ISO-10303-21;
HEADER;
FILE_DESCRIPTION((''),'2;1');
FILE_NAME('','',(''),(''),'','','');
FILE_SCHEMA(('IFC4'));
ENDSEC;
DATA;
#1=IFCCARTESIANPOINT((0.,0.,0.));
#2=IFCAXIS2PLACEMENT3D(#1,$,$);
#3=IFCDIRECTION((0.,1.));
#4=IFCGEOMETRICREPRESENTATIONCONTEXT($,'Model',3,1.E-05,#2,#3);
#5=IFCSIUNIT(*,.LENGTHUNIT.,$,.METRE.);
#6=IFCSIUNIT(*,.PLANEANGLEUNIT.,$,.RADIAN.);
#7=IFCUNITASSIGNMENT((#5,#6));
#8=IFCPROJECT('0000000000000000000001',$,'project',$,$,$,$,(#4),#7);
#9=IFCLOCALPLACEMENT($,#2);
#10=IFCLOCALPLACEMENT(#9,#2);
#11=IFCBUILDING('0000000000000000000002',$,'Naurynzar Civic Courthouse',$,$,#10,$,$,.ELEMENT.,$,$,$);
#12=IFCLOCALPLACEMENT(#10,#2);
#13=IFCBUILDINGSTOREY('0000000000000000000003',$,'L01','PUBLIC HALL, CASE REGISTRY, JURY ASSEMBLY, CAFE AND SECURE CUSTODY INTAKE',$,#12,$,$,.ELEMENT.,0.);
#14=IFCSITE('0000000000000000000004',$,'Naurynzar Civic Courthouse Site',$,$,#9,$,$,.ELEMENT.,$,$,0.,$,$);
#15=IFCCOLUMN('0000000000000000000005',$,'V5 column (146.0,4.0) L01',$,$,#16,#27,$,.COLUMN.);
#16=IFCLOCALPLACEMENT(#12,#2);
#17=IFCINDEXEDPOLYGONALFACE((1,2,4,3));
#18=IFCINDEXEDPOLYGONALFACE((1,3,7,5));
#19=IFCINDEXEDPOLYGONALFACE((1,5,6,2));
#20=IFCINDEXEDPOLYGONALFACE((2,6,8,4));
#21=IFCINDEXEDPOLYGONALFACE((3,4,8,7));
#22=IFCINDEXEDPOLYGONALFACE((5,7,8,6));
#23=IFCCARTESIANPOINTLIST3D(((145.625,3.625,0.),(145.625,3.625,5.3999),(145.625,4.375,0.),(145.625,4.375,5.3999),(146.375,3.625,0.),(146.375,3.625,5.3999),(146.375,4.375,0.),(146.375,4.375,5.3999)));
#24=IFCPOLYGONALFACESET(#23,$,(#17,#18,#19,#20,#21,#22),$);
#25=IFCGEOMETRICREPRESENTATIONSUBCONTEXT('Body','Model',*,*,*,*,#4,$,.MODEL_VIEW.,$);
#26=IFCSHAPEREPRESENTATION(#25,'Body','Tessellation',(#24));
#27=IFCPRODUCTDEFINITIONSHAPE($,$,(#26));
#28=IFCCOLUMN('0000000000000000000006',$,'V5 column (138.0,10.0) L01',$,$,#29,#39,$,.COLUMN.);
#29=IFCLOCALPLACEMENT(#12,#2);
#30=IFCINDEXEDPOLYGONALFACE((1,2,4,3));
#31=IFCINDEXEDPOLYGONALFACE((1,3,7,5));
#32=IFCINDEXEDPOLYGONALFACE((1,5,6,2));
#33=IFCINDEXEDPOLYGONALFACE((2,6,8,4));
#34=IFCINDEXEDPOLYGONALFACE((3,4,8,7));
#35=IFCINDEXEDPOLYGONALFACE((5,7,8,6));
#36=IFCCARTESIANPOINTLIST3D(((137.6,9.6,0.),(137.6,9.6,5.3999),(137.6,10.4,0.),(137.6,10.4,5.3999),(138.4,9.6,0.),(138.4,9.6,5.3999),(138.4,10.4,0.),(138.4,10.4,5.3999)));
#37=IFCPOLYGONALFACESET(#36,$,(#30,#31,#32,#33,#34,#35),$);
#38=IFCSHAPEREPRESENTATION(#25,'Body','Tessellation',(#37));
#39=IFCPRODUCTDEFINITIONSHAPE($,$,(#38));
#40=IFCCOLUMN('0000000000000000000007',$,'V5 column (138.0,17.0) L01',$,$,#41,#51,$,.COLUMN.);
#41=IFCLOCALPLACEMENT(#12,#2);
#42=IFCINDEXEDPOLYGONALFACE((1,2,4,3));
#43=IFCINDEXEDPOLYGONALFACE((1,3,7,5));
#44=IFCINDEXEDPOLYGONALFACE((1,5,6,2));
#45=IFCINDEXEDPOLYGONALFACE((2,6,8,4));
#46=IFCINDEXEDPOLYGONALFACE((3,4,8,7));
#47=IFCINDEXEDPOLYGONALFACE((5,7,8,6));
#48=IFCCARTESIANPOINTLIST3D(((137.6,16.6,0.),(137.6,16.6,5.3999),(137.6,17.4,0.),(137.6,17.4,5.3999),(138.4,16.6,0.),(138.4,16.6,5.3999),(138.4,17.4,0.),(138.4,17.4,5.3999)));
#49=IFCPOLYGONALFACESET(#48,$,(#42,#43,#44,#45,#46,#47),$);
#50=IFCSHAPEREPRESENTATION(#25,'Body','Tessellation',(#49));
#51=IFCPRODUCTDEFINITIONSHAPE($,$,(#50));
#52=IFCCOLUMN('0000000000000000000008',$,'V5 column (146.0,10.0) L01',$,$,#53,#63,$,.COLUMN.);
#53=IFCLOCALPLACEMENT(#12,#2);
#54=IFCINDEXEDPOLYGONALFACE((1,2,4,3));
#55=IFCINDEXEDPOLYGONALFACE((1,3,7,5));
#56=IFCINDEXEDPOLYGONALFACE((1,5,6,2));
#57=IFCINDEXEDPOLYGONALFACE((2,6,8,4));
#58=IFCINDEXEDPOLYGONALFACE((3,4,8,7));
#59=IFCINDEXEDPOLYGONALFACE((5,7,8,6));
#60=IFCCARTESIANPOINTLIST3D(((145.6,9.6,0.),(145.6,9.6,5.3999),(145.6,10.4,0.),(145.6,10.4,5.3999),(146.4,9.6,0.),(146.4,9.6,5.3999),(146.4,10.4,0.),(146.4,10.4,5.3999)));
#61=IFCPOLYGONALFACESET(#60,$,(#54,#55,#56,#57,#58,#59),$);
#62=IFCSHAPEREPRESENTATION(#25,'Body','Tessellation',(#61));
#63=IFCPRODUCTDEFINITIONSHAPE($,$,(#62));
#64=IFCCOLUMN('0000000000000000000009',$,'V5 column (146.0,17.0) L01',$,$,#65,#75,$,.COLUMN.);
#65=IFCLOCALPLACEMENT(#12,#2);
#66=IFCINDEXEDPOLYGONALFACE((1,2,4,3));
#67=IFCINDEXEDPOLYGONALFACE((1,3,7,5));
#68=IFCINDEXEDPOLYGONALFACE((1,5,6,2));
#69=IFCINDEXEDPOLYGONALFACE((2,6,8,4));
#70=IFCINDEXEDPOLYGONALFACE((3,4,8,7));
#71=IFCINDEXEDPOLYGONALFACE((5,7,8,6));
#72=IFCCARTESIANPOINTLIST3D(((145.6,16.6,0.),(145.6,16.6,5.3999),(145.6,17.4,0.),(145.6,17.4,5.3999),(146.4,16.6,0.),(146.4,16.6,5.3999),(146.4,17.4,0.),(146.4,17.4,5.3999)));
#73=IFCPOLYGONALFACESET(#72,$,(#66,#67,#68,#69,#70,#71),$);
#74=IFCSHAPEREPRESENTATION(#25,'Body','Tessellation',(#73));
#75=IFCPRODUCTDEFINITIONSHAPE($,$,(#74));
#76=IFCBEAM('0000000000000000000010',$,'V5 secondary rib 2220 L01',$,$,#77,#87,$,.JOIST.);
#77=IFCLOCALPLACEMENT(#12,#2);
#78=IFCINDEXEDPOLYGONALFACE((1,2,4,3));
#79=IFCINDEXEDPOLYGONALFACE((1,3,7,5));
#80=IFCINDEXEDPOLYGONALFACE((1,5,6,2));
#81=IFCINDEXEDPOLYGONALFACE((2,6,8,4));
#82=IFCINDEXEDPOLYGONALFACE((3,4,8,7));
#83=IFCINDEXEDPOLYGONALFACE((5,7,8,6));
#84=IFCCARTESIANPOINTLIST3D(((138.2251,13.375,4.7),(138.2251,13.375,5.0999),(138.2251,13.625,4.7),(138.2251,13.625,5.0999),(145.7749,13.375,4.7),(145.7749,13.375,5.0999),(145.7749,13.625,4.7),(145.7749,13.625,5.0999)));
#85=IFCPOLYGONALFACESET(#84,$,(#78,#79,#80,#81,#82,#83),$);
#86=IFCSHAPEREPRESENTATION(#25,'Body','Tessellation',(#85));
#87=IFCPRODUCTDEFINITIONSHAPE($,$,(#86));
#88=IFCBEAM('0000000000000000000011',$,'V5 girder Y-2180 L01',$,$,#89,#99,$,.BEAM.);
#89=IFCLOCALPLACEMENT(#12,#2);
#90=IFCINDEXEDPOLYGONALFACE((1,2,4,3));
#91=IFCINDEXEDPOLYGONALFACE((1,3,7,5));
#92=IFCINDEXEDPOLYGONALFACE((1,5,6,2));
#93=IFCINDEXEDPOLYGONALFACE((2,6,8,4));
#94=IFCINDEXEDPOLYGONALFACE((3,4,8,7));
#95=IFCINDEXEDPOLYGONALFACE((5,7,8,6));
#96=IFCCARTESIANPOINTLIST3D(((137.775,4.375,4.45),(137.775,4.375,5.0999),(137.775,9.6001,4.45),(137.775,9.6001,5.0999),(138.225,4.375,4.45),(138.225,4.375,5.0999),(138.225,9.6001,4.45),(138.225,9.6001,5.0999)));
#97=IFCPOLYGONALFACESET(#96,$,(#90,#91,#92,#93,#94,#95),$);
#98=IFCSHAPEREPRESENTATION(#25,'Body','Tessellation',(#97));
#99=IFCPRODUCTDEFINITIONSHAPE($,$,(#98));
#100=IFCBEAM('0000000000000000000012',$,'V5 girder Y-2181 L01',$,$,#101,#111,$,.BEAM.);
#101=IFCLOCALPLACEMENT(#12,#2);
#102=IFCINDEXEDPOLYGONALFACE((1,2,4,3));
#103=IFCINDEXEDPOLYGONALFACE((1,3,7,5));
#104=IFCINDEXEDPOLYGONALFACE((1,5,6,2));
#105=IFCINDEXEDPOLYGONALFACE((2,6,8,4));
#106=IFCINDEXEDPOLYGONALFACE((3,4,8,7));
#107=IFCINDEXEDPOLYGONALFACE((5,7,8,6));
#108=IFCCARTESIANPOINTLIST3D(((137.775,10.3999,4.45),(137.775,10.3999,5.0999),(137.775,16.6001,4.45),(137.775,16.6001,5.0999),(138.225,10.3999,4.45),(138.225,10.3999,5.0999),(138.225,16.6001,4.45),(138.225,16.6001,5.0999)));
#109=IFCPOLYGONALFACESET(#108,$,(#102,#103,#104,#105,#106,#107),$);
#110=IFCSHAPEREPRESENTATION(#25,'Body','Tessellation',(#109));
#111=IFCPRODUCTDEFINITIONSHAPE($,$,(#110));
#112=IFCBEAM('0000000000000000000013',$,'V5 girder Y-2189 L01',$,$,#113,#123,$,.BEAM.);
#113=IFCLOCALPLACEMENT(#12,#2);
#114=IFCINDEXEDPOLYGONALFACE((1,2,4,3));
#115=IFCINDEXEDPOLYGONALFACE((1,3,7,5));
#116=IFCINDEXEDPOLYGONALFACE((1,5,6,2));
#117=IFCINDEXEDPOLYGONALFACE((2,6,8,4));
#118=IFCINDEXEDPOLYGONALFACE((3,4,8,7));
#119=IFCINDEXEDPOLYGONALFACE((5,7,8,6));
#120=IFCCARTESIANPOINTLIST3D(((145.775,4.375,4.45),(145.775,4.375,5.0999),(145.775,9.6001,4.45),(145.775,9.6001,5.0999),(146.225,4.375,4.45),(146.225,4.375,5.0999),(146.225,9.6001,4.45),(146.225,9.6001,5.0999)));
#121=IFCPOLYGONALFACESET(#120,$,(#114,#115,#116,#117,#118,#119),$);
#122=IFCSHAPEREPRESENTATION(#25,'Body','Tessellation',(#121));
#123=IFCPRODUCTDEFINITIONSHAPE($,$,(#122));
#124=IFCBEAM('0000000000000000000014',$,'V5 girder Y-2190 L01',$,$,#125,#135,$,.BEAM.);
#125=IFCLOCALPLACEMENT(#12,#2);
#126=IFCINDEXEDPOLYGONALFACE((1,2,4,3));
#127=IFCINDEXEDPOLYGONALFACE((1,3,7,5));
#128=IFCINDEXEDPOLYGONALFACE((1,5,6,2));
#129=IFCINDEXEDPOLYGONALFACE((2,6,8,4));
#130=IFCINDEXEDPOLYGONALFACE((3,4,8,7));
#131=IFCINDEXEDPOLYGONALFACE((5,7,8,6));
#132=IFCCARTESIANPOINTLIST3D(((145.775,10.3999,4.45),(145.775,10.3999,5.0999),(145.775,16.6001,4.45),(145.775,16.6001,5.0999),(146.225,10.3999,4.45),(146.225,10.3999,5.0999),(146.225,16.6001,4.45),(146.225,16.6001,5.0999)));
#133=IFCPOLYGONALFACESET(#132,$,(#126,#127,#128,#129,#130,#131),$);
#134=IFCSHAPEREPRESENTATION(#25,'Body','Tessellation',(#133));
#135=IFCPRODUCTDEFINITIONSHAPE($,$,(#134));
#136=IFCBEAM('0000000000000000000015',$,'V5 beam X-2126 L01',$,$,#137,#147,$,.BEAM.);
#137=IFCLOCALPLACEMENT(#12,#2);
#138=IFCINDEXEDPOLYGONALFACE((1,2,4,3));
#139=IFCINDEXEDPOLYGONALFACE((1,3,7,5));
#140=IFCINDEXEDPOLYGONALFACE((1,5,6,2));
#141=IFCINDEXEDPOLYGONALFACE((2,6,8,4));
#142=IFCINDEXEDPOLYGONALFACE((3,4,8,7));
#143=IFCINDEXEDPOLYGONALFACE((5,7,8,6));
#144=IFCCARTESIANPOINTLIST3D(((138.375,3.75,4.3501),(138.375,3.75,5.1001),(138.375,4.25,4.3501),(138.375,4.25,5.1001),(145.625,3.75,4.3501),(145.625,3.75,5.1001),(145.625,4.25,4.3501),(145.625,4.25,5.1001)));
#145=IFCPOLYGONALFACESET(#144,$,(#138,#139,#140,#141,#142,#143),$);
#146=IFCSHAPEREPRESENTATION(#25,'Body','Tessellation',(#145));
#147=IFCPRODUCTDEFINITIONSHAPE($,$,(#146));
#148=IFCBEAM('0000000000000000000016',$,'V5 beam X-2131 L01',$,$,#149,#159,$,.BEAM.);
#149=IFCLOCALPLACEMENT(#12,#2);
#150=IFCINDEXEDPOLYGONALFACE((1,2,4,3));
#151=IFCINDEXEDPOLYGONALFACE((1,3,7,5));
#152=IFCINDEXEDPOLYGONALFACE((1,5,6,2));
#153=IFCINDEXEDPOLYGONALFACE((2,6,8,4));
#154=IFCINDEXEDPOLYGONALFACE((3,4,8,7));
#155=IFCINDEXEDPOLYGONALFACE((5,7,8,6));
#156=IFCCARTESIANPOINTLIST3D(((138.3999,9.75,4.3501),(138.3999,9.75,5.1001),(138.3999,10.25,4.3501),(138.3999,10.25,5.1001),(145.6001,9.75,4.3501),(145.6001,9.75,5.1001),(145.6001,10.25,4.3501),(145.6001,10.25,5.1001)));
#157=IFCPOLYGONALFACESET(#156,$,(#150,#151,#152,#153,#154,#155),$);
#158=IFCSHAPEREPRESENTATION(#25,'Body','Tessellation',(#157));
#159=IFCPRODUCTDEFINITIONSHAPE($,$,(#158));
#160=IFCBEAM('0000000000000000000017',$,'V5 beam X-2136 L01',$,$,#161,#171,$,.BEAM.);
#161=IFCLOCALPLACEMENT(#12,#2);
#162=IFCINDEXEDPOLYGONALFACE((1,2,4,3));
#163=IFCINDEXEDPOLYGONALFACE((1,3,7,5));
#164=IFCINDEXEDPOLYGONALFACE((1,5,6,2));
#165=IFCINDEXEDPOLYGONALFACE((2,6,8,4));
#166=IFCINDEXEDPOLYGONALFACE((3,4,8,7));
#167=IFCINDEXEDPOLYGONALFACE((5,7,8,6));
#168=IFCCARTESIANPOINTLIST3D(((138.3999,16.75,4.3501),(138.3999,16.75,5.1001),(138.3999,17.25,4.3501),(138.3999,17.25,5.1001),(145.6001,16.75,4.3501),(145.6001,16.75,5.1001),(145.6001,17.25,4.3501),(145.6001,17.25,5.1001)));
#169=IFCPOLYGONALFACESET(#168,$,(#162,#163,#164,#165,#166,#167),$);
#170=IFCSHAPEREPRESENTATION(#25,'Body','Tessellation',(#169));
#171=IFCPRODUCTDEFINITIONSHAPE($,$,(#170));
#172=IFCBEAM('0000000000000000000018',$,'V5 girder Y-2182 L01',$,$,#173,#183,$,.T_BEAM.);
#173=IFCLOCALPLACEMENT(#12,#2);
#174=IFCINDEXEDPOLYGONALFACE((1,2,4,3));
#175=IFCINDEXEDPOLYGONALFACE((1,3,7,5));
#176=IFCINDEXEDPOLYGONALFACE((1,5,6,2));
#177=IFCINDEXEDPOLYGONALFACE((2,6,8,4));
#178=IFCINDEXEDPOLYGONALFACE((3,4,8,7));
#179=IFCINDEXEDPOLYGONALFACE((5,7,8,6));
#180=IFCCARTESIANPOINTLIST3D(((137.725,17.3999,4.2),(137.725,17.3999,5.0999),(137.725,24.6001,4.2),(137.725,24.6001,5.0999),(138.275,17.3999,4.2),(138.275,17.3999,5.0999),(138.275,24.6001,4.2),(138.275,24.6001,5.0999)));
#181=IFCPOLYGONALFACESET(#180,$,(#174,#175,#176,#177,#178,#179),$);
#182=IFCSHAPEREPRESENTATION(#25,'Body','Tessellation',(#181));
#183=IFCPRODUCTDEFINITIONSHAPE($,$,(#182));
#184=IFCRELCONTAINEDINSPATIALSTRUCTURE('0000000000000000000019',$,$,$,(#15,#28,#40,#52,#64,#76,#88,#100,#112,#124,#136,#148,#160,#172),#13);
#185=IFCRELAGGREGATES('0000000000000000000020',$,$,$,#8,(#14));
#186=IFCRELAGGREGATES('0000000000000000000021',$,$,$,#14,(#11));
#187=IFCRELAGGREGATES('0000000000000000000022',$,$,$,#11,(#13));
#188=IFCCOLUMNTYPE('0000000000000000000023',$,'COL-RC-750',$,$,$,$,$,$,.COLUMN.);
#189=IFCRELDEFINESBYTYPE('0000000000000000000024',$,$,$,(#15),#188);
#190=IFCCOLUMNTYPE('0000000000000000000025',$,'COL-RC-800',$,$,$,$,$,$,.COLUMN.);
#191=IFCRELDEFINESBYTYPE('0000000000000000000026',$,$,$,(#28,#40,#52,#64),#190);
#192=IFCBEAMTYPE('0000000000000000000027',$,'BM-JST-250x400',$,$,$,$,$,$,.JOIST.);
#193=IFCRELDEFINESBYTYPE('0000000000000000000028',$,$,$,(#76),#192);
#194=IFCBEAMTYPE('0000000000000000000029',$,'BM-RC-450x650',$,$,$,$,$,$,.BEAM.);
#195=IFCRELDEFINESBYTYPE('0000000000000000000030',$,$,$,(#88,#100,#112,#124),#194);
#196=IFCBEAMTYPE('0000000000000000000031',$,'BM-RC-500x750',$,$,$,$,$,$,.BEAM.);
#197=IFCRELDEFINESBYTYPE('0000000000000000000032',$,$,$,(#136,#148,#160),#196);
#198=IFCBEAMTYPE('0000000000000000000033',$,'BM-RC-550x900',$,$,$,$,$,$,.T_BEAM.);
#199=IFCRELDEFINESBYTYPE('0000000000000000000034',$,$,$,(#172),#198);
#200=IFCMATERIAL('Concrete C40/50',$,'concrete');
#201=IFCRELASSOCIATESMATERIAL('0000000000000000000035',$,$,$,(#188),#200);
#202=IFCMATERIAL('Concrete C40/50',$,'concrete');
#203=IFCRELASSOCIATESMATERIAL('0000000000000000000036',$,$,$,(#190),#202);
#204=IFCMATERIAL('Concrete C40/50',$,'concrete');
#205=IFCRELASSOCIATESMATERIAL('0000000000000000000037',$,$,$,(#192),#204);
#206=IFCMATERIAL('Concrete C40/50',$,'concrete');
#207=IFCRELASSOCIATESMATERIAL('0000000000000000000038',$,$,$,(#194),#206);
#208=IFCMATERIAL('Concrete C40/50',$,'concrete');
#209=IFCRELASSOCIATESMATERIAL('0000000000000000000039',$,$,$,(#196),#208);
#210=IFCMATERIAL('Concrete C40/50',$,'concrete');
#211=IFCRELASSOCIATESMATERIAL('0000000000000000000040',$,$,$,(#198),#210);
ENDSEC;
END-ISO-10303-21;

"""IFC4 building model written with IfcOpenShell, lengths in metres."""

from ifc_helpers import new_model, si_unit, direction, frame, origin, origin_2d, place, context, subcontext, project, spatial, rectangle, extrude, material, material_profile, profile_set, type_object, element, save


model = new_model("IFC4")

# Units and contexts
model_context = context("Model", 3, precision=1e-05, world=origin(), true_north=direction((0.0, 1.0)))
body_context = subcontext(model_context, "Body", "Model", "MODEL_VIEW")
ifc_project = project(units=[si_unit("LENGTHUNIT", "METRE"), si_unit("PLANEANGLEUNIT", "RADIAN")], contexts=[model_context])

# Site, building, storey
site_placement = place(None, origin())
site = spatial("IfcSite", under=ifc_project, at=site_placement, Name="Naurynzar Civic Courthouse Site", CompositionType="ELEMENT", RefElevation=0.0)
building_placement = place(site_placement, origin())
building = spatial("IfcBuilding", under=site, at=building_placement, Name="Naurynzar Civic Courthouse", CompositionType="ELEMENT")
storey_placement = place(building_placement, origin())
storey = spatial("IfcBuildingStorey", under=building, at=storey_placement, Name="L01", Description="PUBLIC HALL, CASE REGISTRY, JURY ASSEMBLY, CAFE AND SECURE CUSTODY INTAKE", CompositionType="ELEMENT", Elevation=0.0)

# Columns
ifc_material_1 = material(Name="Concrete C40/50", Category="concrete")
ifc_material_profile_1 = material_profile(ifc_material_1, rectangle(XDim=0.75, YDim=0.75, at=origin_2d()), Name="RC 750x750")
ifc_profile_set_1 = profile_set([ifc_material_profile_1], Name="Concrete C40/50")
column_type_1 = type_object("IfcColumnType", Name="COL-RC-750", PredefinedType="COLUMN", material=ifc_profile_set_1)
column_placement = place(storey_placement, frame((146.0, 4.0, 0.0), z_axis=(0.0, 0.0, 1.0), x_axis=(1.0, 0.0, 0.0)))
element("IfcColumn", 1, at=column_placement, inside=storey, type_object=column_type_1, Name="V5 column (146.0,4.0) L01", PredefinedType="COLUMN", context=body_context, shape_type="SweptSolid", body=[
    extrude(rectangle(XDim=0.75, YDim=0.75, at=origin_2d()), origin(), (0.0, 0.0, 1.0), 5.3999),
])
ifc_material_2 = material(Name="Concrete C40/50", Category="concrete")
ifc_material_profile_2 = material_profile(ifc_material_2, rectangle(XDim=0.8, YDim=0.8, at=origin_2d()), Name="RC 800x800")
ifc_profile_set_2 = profile_set([ifc_material_profile_2], Name="Concrete C40/50")
column_type_2 = type_object("IfcColumnType", Name="COL-RC-800", PredefinedType="COLUMN", material=ifc_profile_set_2)
for number, where, z_axis, x_axis, name in (
    (2, (138.0, 10.0, 0.0), (0.0, 0.0, 1.0), (1.0, 0.0, 0.0), "V5 column (138.0,10.0) L01"),
    (3, (138.0, 17.0, 0.0), (0.0, 0.0, 1.0), (1.0, 0.0, 0.0), "V5 column (138.0,17.0) L01"),
    (4, (146.0, 10.0, 0.0), (0.0, 0.0, 1.0), (1.0, 0.0, 0.0), "V5 column (146.0,10.0) L01"),
    (5, (146.0, 17.0, 0.0), (0.0, 0.0, 1.0), (1.0, 0.0, 0.0), "V5 column (146.0,17.0) L01"),
):
    element("IfcColumn", number, at=place(storey_placement, frame(where, z_axis=z_axis, x_axis=x_axis)), inside=storey, type_object=column_type_2, Name=name, PredefinedType="COLUMN", context=body_context, shape_type="SweptSolid", body=[
        extrude(rectangle(XDim=0.8, YDim=0.8, at=origin_2d()), origin(), (0.0, 0.0, 1.0), 5.3999),
    ])

# Beams
ifc_material_3 = material(Name="Concrete C40/50", Category="concrete")
ifc_material_profile_3 = material_profile(ifc_material_3, rectangle(XDim=0.25, YDim=0.3999, at=origin_2d()), Name="RCB 250x400")
ifc_profile_set_3 = profile_set([ifc_material_profile_3], Name="Concrete C40/50")
beam_type_1 = type_object("IfcBeamType", Name="BM-JST-250x400", PredefinedType="JOIST", material=ifc_profile_set_3)
beam_1_placement = place(storey_placement, frame((138.2251, 13.5, 4.8999), z_axis=(1.0, 0.0, 0.0), x_axis=(0.0, 1.0, 0.0)))
element("IfcBeam", 6, at=beam_1_placement, inside=storey, type_object=beam_type_1, Name="V5 secondary rib 2220 L01", PredefinedType="JOIST", context=body_context, shape_type="SweptSolid", body=[
    extrude(rectangle(XDim=0.25, YDim=0.3999, at=origin_2d()), origin(), (0.0, 0.0, 1.0), 7.5498),
])
ifc_material_4 = material(Name="Concrete C40/50", Category="concrete")
ifc_material_profile_4 = material_profile(ifc_material_4, rectangle(XDim=0.45, YDim=0.6499, at=origin_2d()), Name="RCB 450x650")
ifc_profile_set_4 = profile_set([ifc_material_profile_4], Name="Concrete C40/50")
beam_type_2 = type_object("IfcBeamType", Name="BM-RC-450x650", PredefinedType="BEAM", material=ifc_profile_set_4)
beam_2_placement = place(storey_placement, frame((138.0, 4.375, 4.7749), z_axis=(0.0, 1.0, 0.0), x_axis=(-1.0, 0.0, 0.0)))
element("IfcBeam", 7, at=beam_2_placement, inside=storey, type_object=beam_type_2, Name="V5 girder Y-2180 L01", PredefinedType="BEAM", context=body_context, shape_type="SweptSolid", body=[
    extrude(rectangle(XDim=0.45, YDim=0.6499, at=origin_2d()), origin(), (0.0, 0.0, 1.0), 5.2251),
])
beam_3_placement = place(storey_placement, frame((138.0, 10.3999, 4.7749), z_axis=(0.0, 1.0, 0.0), x_axis=(-1.0, 0.0, 0.0)))
element("IfcBeam", 8, at=beam_3_placement, inside=storey, type_object=beam_type_2, Name="V5 girder Y-2181 L01", PredefinedType="BEAM", context=body_context, shape_type="SweptSolid", body=[
    extrude(rectangle(XDim=0.45, YDim=0.6499, at=origin_2d()), origin(), (0.0, 0.0, 1.0), 6.2002),
])
beam_4_placement = place(storey_placement, frame((146.0, 4.375, 4.7749), z_axis=(0.0, 1.0, 0.0), x_axis=(-1.0, 0.0, 0.0)))
element("IfcBeam", 9, at=beam_4_placement, inside=storey, type_object=beam_type_2, Name="V5 girder Y-2189 L01", PredefinedType="BEAM", context=body_context, shape_type="SweptSolid", body=[
    extrude(rectangle(XDim=0.45, YDim=0.6499, at=origin_2d()), origin(), (0.0, 0.0, 1.0), 5.2251),
])
beam_5_placement = place(storey_placement, frame((146.0, 10.3999, 4.7749), z_axis=(0.0, 1.0, 0.0), x_axis=(-1.0, 0.0, 0.0)))
element("IfcBeam", 10, at=beam_5_placement, inside=storey, type_object=beam_type_2, Name="V5 girder Y-2190 L01", PredefinedType="BEAM", context=body_context, shape_type="SweptSolid", body=[
    extrude(rectangle(XDim=0.45, YDim=0.6499, at=origin_2d()), origin(), (0.0, 0.0, 1.0), 6.2002),
])
ifc_material_5 = material(Name="Concrete C40/50", Category="concrete")
ifc_material_profile_5 = material_profile(ifc_material_5, rectangle(XDim=0.5, YDim=0.75, at=origin_2d()), Name="RCB 500x750")
ifc_profile_set_5 = profile_set([ifc_material_profile_5], Name="Concrete C40/50")
beam_type_3 = type_object("IfcBeamType", Name="BM-RC-500x750", PredefinedType="BEAM", material=ifc_profile_set_5)
beam_6_placement = place(storey_placement, frame((138.375, 4.0, 4.7251), z_axis=(1.0, 0.0, 0.0), x_axis=(0.0, 1.0, 0.0)))
element("IfcBeam", 11, at=beam_6_placement, inside=storey, type_object=beam_type_3, Name="V5 beam X-2126 L01", PredefinedType="BEAM", context=body_context, shape_type="SweptSolid", body=[
    extrude(rectangle(XDim=0.5, YDim=0.75, at=origin_2d()), origin(), (0.0, 0.0, 1.0), 7.25),
])
for number, where, z_axis, x_axis, name in (
    (12, (138.3999, 10.0, 4.7251), (1.0, 0.0, 0.0), (0.0, 1.0, 0.0), "V5 beam X-2131 L01"),
    (13, (138.3999, 17.0, 4.7251), (1.0, 0.0, 0.0), (0.0, 1.0, 0.0), "V5 beam X-2136 L01"),
):
    element("IfcBeam", number, at=place(storey_placement, frame(where, z_axis=z_axis, x_axis=x_axis)), inside=storey, type_object=beam_type_3, Name=name, PredefinedType="BEAM", context=body_context, shape_type="SweptSolid", body=[
        extrude(rectangle(XDim=0.5, YDim=0.75, at=origin_2d()), origin(), (0.0, 0.0, 1.0), 7.2002),
    ])
ifc_material_6 = material(Name="Concrete C40/50", Category="concrete")
ifc_material_profile_6 = material_profile(ifc_material_6, rectangle(XDim=0.55, YDim=0.8999, at=origin_2d()), Name="RCB 550x900")
ifc_profile_set_6 = profile_set([ifc_material_profile_6], Name="Concrete C40/50")
beam_type_4 = type_object("IfcBeamType", Name="BM-RC-550x900", PredefinedType="T_BEAM", material=ifc_profile_set_6)
beam_7_placement = place(storey_placement, frame((138.0, 17.3999, 4.6499), z_axis=(0.0, 1.0, 0.0), x_axis=(-1.0, 0.0, 0.0)))
element("IfcBeam", 14, at=beam_7_placement, inside=storey, type_object=beam_type_4, Name="V5 girder Y-2182 L01", PredefinedType="T_BEAM", context=body_context, shape_type="SweptSolid", body=[
    extrude(rectangle(XDim=0.55, YDim=0.8999, at=origin_2d()), origin(), (0.0, 0.0, 1.0), 7.2002),
])

save(model, "model.ifc")
